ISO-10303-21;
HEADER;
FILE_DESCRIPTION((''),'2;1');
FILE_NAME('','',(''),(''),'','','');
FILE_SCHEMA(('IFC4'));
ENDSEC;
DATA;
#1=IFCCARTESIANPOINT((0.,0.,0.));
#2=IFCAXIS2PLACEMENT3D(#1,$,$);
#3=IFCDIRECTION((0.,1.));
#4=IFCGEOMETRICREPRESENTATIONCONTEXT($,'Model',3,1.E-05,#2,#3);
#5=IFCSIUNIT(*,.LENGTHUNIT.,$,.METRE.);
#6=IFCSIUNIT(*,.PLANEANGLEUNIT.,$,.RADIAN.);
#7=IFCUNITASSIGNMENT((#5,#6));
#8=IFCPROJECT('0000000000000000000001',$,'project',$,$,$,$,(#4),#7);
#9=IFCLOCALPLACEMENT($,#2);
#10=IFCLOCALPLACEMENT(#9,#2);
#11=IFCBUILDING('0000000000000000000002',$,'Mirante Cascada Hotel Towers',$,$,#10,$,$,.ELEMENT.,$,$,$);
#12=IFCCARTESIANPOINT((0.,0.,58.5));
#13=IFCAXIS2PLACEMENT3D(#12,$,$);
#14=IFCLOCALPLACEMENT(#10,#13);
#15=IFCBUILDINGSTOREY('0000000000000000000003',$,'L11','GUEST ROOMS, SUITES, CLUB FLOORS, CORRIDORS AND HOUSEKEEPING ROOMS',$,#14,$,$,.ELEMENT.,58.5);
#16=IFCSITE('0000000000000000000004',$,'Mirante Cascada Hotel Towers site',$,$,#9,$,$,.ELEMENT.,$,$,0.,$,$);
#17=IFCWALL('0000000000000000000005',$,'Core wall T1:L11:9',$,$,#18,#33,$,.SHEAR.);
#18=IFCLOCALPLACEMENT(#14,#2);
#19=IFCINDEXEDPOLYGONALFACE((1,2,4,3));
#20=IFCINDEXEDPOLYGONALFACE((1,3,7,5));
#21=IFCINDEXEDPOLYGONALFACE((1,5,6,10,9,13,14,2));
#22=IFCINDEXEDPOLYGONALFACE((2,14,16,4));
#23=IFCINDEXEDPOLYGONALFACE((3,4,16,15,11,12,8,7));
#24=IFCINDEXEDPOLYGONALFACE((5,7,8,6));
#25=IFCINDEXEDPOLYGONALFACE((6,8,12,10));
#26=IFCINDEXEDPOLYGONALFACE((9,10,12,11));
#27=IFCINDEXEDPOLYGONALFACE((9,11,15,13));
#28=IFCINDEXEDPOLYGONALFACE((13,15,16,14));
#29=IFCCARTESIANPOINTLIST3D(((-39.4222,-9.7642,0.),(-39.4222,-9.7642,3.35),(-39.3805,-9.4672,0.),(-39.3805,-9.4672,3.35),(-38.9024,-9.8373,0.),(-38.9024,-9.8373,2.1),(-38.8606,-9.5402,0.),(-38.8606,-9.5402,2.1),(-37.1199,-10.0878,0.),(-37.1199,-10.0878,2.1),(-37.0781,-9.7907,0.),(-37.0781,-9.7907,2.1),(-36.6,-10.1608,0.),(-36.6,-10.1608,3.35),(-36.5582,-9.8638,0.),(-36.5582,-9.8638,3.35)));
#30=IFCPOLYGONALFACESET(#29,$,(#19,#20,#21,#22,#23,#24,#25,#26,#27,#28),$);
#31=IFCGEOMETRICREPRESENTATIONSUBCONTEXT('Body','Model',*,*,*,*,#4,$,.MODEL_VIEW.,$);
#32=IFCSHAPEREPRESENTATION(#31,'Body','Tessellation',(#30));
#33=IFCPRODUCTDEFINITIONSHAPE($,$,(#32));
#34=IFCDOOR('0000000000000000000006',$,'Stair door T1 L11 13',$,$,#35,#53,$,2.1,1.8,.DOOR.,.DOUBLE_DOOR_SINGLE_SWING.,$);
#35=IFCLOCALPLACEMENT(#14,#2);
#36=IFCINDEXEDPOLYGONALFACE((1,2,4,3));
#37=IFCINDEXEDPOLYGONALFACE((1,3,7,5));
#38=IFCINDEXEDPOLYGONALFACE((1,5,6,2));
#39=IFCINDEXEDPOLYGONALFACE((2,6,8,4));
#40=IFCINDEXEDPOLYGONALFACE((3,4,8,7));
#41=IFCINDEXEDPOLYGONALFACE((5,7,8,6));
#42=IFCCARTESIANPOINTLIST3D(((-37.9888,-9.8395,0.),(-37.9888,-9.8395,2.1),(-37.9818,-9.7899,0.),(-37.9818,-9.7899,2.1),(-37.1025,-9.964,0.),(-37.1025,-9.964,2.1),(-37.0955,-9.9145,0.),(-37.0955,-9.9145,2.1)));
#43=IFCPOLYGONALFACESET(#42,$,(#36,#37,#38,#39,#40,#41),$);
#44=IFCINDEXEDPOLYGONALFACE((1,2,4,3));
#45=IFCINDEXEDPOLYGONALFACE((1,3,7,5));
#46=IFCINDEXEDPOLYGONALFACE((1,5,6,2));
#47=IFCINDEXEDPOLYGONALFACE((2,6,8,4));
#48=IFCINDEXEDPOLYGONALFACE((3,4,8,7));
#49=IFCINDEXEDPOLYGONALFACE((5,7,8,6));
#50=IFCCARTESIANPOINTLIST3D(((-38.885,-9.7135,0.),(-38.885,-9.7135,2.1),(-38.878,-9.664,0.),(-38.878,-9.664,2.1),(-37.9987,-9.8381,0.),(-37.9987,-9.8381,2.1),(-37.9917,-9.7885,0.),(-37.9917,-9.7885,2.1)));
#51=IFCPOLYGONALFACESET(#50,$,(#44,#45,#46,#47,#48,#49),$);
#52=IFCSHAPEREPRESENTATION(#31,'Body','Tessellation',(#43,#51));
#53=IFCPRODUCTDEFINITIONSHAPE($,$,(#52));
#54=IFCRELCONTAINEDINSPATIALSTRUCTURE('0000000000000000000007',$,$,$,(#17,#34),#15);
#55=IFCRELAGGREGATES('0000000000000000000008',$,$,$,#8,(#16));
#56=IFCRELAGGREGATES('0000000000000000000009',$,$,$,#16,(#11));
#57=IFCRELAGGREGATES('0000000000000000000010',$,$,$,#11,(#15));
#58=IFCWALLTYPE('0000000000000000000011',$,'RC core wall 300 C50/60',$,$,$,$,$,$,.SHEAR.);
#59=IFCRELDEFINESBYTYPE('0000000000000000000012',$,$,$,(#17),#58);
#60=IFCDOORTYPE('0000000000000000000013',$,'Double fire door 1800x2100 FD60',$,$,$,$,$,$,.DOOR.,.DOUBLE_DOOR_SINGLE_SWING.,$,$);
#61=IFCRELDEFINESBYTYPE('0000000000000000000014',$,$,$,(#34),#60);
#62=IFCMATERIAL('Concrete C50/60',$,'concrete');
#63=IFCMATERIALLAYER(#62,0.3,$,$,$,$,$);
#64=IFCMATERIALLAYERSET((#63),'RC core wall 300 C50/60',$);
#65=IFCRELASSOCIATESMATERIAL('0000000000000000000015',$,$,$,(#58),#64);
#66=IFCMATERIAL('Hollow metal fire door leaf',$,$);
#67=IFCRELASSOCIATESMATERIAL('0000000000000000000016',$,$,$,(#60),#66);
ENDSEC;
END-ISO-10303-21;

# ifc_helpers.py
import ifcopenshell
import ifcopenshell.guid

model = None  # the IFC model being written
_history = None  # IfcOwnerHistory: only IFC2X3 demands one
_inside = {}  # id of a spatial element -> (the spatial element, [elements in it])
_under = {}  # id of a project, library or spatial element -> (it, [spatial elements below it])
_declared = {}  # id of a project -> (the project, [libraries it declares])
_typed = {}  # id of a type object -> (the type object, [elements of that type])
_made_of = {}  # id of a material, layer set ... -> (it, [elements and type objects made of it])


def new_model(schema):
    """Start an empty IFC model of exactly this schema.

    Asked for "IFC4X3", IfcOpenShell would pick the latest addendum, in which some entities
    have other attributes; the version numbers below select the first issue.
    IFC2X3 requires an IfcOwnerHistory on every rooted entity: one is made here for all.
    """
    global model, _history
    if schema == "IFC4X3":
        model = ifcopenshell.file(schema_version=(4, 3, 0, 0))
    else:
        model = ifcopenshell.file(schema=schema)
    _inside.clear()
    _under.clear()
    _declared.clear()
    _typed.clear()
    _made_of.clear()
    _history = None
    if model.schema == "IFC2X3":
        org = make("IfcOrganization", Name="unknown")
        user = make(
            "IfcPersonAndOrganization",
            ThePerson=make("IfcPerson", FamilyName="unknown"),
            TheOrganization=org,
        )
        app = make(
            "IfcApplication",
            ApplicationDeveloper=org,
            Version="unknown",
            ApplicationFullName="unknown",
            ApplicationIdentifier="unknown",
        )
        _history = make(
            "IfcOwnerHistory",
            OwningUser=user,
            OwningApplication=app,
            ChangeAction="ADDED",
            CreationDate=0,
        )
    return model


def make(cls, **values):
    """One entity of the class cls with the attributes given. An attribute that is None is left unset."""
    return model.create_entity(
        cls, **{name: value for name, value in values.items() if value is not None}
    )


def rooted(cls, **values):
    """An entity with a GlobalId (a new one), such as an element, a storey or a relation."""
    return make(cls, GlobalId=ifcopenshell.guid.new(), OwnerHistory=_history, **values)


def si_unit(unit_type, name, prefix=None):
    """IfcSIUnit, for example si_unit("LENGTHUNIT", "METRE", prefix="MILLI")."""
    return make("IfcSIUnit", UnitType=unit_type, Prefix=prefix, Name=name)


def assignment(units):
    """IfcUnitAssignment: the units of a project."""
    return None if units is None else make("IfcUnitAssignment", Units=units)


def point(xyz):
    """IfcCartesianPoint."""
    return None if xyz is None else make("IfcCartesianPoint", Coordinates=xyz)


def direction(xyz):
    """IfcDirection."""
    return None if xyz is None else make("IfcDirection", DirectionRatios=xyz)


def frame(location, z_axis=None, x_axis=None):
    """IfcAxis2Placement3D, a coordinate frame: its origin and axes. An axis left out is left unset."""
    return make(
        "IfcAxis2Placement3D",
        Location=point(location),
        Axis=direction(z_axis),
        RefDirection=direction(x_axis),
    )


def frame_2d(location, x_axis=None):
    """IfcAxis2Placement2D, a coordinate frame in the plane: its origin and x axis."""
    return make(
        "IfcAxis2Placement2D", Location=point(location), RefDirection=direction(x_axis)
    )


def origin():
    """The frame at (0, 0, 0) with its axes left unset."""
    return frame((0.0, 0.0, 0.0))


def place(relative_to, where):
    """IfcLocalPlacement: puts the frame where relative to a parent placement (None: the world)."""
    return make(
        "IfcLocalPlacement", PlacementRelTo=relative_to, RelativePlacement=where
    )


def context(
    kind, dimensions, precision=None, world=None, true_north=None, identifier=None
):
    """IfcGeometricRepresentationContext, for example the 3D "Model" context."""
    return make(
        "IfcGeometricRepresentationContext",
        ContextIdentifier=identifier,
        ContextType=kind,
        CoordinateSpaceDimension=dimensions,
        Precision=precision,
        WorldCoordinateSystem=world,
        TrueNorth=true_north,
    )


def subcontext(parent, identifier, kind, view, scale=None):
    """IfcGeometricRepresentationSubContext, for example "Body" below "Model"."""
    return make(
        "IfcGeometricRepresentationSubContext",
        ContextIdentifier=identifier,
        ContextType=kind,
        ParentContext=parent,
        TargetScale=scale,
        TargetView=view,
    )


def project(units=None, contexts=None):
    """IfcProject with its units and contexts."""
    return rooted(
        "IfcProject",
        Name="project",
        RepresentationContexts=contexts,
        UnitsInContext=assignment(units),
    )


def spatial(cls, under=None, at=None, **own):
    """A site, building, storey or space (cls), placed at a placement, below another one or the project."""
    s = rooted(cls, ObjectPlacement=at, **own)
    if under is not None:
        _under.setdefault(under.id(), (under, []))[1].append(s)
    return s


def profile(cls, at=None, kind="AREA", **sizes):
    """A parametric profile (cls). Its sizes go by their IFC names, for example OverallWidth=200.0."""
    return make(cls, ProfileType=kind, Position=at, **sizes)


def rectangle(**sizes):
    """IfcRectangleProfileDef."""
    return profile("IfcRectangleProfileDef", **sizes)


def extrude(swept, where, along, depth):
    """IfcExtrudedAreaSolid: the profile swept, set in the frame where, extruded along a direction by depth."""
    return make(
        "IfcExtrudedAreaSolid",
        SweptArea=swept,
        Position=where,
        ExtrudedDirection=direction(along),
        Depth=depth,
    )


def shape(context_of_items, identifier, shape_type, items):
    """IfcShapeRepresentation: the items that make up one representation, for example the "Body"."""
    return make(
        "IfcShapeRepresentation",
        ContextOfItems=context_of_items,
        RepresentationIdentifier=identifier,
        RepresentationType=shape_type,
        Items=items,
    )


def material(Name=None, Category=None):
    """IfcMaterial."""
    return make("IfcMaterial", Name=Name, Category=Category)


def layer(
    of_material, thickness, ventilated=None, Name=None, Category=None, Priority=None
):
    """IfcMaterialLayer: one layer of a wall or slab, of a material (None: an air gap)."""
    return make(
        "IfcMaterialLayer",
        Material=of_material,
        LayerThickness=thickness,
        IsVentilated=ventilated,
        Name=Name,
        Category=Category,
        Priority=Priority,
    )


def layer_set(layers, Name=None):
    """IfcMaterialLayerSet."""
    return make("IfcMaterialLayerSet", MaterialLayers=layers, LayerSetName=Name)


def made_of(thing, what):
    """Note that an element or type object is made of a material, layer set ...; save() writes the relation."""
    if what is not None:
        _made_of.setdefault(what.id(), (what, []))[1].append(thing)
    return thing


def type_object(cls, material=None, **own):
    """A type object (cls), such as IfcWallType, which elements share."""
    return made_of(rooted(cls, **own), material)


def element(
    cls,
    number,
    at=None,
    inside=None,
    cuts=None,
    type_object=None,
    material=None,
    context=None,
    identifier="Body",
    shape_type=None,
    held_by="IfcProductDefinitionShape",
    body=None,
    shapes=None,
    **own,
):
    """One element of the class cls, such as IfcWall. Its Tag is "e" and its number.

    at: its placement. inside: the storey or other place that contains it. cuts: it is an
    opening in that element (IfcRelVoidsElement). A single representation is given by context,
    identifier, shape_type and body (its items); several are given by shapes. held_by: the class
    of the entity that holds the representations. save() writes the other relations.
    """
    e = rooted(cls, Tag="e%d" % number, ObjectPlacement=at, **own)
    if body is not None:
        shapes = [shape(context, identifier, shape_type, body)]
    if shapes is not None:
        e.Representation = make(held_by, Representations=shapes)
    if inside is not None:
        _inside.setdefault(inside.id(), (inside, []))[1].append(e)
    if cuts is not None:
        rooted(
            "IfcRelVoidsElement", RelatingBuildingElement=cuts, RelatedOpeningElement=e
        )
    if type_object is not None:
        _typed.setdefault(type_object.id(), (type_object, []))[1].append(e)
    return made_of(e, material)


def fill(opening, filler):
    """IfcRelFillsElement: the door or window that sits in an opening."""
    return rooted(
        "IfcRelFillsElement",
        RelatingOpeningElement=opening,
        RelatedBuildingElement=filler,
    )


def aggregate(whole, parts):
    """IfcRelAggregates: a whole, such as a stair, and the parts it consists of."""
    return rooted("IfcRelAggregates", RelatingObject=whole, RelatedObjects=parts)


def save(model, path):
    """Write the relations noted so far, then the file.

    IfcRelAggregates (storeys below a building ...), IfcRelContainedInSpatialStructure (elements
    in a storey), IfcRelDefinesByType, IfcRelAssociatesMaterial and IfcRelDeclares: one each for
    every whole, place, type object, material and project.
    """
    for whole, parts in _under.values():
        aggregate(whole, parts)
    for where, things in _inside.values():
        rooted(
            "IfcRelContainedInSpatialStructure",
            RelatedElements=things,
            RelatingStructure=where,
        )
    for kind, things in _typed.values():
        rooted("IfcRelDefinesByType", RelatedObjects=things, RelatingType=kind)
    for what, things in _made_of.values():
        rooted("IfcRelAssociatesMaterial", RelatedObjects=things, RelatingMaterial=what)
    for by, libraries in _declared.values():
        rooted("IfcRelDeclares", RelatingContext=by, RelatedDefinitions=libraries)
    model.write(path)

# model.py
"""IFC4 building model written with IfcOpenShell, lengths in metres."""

from ifc_helpers import new_model, si_unit, direction, frame, frame_2d, origin, place, context, subcontext, project, spatial, rectangle, extrude, material, layer, layer_set, type_object, element, fill, save


model = new_model("IFC4")

# Units and contexts
model_context = context("Model", 3, precision=1e-05, world=origin(), true_north=direction((0.0, 1.0)))
body_context = subcontext(model_context, "Body", "Model", "MODEL_VIEW")
ifc_project = project(units=[si_unit("LENGTHUNIT", "METRE"), si_unit("PLANEANGLEUNIT", "RADIAN")], contexts=[model_context])

# Site, building, storey
site_placement = place(None, origin())
site = spatial("IfcSite", under=ifc_project, at=site_placement, Name="Mirante Cascada Hotel Towers site", CompositionType="ELEMENT", RefElevation=0.0)
building_placement = place(site_placement, origin())
building = spatial("IfcBuilding", under=site, at=building_placement, Name="Mirante Cascada Hotel Towers", CompositionType="ELEMENT")
storey_placement = place(building_placement, frame((0.0, 0.0, 58.5)))
storey = spatial("IfcBuildingStorey", under=building, at=storey_placement, Name="L11", Description="GUEST ROOMS, SUITES, CLUB FLOORS, CORRIDORS AND HOUSEKEEPING ROOMS", CompositionType="ELEMENT", Elevation=58.5)

# Wall, opening, door
ifc_material_1 = material(Name="Concrete C50/60", Category="concrete")
ifc_layer_1 = layer(ifc_material_1, 0.3)
ifc_layer_set_1 = layer_set([ifc_layer_1], Name="RC core wall 300 C50/60")
wall_type_1 = type_object("IfcWallType", Name="RC core wall 300 C50/60", PredefinedType="SHEAR", material=ifc_layer_set_1)
wall_1_placement = place(storey_placement, frame((-36.5791, -10.0123, 0.0), z_axis=(0.0, 0.0, 1.0), x_axis=(-0.99027, 0.139156, 0.0)))
wall_1 = element("IfcWall", 1, at=wall_1_placement, inside=storey, type_object=wall_type_1, Name="Core wall T1:L11:9", PredefinedType="SHEAR", context=body_context, shape_type="SweptSolid", body=[
    extrude(rectangle(XDim=2.85, YDim=0.3, at=frame_2d((1.425, 0.0))), origin(), (0.0, 0.0, 1.0), 3.35),
])
opening_1_placement = place(wall_1_placement, frame((0.525, 0.0, 0.0)))
opening_1 = element("IfcOpeningElement", 2, at=opening_1_placement, cuts=wall_1, PredefinedType="OPENING", context=body_context, shape_type="SweptSolid", body=[
    extrude(rectangle(XDim=1.8, YDim=2.1, at=frame_2d((0.9, 1.05))), frame((0.0, 0.15, 0.0), z_axis=(0.0, -1.0, 0.0), x_axis=(1.0, 0.0, 0.0)), (0.0, 0.0, 1.0), 0.3),
])
ifc_material_2 = material(Name="Hollow metal fire door leaf")
door_type_1 = type_object("IfcDoorType", Name="Double fire door 1800x2100 FD60", OperationType="DOUBLE_DOOR_SINGLE_SWING", PredefinedType="DOOR", material=ifc_material_2)
door_1_placement = place(opening_1_placement, origin())
door_1 = element("IfcDoor", 3, at=door_1_placement, inside=storey, type_object=door_type_1, Name="Stair door T1 L11 13", OperationType="DOUBLE_DOOR_SINGLE_SWING", OverallHeight=2.1, OverallWidth=1.8, PredefinedType="DOOR", context=body_context, shape_type="SweptSolid", body=[
    extrude(rectangle(XDim=0.895, YDim=2.1, at=frame_2d((0.4475, 1.05))), frame((0.0, 0.025, 0.0), z_axis=(0.0, -1.0, 0.0), x_axis=(1.0, 0.0, 0.0)), (0.0, 0.0, 1.0), 0.05),
    extrude(rectangle(XDim=0.895, YDim=2.1, at=frame_2d((1.3525, 1.05))), frame((0.0, 0.025, 0.0), z_axis=(0.0, -1.0, 0.0), x_axis=(1.0, 0.0, 0.0)), (0.0, 0.0, 1.0), 0.05),
])
fill(opening_1, door_1)

save(model, "model.ifc")
